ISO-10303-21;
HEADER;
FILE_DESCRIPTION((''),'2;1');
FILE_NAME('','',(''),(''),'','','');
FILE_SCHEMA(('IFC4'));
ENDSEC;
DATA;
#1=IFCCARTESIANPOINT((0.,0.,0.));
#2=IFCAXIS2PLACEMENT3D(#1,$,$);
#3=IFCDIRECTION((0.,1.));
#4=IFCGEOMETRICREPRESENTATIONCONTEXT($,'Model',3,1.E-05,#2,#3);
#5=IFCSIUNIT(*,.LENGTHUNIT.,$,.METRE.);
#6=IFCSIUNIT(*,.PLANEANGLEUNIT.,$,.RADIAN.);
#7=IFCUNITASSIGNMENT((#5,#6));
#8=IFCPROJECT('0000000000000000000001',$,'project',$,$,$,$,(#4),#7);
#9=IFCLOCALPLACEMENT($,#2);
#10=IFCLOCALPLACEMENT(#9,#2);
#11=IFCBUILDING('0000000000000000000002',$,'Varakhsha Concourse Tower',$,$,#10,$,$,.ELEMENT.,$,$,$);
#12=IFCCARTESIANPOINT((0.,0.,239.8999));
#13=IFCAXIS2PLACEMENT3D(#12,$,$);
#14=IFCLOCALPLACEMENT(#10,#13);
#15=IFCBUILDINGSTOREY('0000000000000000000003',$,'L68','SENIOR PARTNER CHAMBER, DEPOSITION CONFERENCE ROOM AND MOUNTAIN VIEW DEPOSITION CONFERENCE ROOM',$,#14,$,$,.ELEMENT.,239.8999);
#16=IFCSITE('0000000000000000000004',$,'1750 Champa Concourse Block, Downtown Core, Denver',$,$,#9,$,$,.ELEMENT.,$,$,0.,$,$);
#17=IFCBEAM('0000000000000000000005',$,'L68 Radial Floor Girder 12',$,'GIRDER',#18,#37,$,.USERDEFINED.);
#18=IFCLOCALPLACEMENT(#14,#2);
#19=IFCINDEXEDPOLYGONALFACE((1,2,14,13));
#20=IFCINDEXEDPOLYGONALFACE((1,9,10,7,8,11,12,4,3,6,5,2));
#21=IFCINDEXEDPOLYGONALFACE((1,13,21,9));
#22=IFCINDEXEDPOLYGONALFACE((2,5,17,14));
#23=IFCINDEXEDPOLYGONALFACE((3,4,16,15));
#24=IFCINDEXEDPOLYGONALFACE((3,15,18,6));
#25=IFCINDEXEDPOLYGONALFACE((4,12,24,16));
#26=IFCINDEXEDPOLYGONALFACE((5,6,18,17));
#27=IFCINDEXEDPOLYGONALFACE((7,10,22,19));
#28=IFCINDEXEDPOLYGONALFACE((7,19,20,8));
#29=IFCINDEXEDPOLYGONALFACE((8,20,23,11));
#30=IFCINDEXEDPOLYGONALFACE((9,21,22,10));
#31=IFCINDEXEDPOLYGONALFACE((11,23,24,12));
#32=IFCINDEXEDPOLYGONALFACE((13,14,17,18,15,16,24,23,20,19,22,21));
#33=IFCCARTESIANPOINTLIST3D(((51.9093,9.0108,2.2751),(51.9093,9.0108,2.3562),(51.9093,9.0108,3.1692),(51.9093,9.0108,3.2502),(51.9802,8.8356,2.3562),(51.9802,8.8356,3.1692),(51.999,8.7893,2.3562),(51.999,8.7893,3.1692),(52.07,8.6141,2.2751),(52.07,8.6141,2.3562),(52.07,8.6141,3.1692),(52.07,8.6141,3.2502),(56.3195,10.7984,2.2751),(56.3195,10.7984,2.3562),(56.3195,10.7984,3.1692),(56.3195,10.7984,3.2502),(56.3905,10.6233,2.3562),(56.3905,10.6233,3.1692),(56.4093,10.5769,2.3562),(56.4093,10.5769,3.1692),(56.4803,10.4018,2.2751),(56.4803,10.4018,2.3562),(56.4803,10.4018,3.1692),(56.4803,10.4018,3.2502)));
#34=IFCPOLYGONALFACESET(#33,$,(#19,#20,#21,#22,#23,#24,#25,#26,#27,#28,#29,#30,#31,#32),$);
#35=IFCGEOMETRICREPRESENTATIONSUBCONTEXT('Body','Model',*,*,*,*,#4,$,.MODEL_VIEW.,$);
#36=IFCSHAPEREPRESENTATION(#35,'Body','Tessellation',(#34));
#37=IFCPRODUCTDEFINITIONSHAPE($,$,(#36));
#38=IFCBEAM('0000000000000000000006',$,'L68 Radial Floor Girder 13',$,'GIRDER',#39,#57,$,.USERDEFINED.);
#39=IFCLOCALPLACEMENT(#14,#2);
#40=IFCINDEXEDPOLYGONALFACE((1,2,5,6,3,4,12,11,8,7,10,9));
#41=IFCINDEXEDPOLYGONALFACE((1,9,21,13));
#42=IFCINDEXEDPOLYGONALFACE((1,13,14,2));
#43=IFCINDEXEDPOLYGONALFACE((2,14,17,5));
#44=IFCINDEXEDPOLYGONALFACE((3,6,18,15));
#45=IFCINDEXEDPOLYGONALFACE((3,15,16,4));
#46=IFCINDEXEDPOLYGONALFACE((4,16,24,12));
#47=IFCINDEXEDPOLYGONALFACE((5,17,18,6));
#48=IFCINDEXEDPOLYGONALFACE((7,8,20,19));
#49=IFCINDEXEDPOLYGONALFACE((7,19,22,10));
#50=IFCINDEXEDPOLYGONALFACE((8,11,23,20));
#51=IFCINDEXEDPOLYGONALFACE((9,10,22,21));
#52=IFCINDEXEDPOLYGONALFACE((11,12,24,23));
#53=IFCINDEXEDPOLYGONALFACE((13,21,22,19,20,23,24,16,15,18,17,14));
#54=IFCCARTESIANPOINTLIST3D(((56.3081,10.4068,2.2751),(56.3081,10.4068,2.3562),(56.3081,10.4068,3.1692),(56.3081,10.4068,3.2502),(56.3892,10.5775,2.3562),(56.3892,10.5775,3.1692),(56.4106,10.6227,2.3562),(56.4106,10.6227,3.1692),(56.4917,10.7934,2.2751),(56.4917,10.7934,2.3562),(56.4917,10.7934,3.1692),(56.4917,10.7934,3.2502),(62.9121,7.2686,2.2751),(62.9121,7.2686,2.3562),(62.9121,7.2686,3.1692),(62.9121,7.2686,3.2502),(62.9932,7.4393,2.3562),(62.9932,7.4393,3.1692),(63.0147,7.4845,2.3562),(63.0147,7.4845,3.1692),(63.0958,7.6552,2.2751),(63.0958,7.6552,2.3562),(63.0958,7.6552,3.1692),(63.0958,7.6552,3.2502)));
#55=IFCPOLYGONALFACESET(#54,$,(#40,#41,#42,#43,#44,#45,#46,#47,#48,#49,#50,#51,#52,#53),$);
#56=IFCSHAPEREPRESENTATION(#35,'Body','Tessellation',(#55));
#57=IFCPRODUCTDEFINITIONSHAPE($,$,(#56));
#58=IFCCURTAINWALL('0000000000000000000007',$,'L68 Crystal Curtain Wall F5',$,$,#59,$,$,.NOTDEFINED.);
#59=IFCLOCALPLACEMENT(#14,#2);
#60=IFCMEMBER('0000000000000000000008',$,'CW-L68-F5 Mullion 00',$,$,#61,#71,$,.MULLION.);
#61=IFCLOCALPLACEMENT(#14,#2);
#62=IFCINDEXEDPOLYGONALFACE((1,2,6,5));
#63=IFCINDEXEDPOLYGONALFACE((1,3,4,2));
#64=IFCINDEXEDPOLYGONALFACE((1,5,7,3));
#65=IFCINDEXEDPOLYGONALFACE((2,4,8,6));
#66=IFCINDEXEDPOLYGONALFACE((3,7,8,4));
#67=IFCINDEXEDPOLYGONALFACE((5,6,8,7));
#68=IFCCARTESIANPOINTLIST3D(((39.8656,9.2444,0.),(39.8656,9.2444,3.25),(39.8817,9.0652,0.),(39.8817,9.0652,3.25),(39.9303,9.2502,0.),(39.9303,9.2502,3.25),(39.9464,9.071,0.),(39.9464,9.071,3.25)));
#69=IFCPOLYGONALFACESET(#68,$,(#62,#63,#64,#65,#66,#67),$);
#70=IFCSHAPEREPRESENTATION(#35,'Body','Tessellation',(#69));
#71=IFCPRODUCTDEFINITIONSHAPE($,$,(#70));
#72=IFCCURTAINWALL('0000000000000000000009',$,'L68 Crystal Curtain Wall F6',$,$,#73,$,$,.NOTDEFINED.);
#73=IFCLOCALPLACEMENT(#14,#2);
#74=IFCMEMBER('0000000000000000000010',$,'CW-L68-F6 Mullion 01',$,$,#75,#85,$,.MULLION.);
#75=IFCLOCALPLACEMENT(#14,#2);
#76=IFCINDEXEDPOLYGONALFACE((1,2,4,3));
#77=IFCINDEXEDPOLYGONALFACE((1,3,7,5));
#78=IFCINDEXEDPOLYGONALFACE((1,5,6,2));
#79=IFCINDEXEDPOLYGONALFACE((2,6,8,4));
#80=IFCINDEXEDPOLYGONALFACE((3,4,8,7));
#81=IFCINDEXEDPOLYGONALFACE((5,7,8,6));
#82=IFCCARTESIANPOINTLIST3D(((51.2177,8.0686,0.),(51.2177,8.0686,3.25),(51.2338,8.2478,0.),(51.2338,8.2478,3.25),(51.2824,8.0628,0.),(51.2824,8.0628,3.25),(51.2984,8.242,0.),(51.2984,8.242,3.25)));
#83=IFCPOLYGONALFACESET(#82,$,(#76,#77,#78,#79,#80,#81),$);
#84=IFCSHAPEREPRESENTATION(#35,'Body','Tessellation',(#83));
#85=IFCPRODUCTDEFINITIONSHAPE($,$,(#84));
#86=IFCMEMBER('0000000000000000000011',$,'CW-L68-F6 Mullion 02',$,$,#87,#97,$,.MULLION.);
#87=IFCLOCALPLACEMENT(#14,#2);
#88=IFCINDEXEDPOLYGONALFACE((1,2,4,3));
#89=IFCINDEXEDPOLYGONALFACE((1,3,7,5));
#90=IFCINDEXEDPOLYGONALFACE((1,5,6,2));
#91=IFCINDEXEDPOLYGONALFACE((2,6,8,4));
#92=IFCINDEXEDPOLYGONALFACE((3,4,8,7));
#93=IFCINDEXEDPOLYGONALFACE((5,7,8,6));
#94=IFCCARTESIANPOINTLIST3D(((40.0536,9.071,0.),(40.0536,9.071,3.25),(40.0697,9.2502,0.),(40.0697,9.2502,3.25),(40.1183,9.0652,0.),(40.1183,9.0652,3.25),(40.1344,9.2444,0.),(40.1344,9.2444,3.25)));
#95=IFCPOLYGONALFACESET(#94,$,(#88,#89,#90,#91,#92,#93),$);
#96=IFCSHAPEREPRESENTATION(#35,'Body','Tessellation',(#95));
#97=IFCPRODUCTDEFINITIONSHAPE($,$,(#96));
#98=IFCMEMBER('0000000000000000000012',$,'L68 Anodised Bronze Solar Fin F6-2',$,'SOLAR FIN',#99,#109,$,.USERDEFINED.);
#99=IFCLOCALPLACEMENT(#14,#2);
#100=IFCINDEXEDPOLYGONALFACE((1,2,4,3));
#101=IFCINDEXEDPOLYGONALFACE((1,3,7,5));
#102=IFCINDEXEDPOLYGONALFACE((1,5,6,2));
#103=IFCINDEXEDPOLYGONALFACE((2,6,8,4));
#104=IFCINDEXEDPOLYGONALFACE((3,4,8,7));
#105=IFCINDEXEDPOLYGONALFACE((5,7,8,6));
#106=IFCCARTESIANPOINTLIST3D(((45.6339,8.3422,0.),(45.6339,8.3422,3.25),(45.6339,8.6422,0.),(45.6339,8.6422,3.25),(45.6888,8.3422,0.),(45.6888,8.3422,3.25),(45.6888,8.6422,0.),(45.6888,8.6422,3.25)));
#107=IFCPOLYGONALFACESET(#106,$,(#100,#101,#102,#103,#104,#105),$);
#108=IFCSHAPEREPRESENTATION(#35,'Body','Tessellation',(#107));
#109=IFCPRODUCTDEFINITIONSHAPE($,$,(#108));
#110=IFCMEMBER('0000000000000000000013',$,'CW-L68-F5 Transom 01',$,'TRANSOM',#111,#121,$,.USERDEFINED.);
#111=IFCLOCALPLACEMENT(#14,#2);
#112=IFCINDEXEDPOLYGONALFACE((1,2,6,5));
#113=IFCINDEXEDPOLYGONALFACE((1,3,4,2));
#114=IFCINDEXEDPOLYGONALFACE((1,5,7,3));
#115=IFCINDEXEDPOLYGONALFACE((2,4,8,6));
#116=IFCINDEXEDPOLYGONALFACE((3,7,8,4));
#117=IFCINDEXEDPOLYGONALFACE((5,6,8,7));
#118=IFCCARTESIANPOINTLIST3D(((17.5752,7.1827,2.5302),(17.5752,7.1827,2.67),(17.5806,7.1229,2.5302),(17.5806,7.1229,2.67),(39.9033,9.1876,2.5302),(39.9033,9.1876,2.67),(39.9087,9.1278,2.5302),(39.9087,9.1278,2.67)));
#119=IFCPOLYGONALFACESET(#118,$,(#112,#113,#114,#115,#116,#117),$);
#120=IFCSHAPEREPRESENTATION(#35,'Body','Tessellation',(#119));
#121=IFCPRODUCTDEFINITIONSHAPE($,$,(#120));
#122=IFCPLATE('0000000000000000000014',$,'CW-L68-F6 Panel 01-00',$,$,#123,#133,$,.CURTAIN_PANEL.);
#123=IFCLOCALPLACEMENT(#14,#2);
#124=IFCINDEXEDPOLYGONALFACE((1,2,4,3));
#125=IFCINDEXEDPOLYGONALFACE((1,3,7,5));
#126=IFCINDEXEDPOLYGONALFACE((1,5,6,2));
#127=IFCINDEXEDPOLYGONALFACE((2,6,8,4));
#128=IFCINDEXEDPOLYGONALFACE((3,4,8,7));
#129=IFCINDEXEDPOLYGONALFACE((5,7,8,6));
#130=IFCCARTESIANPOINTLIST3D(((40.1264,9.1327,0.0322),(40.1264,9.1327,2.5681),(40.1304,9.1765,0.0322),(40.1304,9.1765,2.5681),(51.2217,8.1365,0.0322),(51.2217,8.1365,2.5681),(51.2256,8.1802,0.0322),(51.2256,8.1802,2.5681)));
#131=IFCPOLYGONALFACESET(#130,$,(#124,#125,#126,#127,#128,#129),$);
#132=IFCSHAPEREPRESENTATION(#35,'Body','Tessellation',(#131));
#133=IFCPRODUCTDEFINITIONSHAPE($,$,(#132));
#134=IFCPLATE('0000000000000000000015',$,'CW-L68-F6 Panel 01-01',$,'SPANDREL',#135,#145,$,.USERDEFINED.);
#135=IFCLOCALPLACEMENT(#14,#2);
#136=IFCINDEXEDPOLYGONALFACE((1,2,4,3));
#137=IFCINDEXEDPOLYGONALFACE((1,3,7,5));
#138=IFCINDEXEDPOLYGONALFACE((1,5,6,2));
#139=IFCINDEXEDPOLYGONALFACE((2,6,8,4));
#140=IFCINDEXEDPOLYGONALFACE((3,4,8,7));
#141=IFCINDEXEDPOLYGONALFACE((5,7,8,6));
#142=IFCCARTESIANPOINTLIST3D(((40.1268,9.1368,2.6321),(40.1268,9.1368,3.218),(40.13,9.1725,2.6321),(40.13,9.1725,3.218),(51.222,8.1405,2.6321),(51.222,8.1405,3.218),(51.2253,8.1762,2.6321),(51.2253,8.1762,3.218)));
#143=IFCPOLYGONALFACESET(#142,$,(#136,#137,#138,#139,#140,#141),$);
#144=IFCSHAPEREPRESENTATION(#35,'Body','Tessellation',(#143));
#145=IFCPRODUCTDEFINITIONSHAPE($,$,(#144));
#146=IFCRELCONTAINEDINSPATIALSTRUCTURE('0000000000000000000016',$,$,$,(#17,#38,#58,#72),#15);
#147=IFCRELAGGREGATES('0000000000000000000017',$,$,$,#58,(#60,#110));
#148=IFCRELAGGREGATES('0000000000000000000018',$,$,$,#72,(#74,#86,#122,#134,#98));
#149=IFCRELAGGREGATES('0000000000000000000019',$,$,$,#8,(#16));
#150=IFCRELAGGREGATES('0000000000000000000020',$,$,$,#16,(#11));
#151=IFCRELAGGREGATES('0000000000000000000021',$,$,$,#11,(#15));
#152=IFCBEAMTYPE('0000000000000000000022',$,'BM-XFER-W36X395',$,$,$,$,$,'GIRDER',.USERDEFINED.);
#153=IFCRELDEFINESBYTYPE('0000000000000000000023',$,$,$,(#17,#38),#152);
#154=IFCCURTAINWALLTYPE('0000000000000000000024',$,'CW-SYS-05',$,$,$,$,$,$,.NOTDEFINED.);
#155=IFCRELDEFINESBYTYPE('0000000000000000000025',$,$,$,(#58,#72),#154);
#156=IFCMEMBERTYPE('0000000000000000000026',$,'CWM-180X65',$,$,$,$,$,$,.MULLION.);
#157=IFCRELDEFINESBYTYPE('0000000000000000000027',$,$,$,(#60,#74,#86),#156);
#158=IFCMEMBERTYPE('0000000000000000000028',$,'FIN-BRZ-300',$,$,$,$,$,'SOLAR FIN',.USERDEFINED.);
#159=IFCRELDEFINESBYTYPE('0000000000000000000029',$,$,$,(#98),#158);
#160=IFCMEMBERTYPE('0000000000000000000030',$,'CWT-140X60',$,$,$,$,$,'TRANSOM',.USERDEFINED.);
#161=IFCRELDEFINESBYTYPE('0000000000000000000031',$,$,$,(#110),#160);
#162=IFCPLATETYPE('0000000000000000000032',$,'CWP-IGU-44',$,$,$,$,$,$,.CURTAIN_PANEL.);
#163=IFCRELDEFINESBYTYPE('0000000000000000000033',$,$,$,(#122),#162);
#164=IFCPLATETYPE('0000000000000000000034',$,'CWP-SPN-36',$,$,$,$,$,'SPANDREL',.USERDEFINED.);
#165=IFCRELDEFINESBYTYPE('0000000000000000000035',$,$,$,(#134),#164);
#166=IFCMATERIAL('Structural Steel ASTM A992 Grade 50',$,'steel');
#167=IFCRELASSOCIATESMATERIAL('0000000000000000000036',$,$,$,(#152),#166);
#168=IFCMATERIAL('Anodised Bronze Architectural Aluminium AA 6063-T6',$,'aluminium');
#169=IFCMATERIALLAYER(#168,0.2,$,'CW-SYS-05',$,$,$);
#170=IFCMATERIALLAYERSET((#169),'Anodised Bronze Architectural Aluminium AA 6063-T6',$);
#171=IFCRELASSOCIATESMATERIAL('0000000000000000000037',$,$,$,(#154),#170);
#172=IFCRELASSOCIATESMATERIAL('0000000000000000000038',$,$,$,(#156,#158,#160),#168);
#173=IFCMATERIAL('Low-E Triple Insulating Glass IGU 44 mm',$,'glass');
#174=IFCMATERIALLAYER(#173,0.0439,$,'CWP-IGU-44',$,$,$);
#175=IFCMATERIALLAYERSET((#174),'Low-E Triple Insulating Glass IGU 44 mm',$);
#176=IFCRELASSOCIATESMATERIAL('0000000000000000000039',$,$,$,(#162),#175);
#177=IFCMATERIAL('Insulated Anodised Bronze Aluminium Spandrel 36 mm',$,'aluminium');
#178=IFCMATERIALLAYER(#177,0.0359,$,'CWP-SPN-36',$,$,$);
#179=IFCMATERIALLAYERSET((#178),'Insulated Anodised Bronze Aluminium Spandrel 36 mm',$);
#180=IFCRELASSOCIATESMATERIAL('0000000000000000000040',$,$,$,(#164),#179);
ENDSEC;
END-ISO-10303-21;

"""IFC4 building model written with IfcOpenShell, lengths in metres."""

from ifc_helpers import new_model, si_unit, direction, frame, origin, origin_2d, place, context, subcontext, project, spatial, rectangle, i_section, extrude, source, transform, mapped, material, layer, layer_set, material_profile, profile_set, type_object, type_shapes, element, aggregate, save


model = new_model("IFC4")

# Units and contexts
model_context = context("Model", 3, precision=1e-05, world=origin(), true_north=direction((0.0, 1.0)))
body_context = subcontext(model_context, "Body", "Model", "MODEL_VIEW")
ifc_project = project(units=[si_unit("LENGTHUNIT", "METRE"), si_unit("PLANEANGLEUNIT", "RADIAN")], contexts=[model_context])

# Site, building, storey
site_placement = place(None, origin())
site = spatial("IfcSite", under=ifc_project, at=site_placement, Name="1750 Champa Concourse Block, Downtown Core, Denver", CompositionType="ELEMENT", RefElevation=0.0)
building_placement = place(site_placement, origin())
building = spatial("IfcBuilding", under=site, at=building_placement, Name="Varakhsha Concourse Tower", CompositionType="ELEMENT")
storey_placement = place(building_placement, frame((0.0, 0.0, 239.8999)))
storey = spatial("IfcBuildingStorey", under=building, at=storey_placement, Name="L68", Description="SENIOR PARTNER CHAMBER, DEPOSITION CONFERENCE ROOM AND MOUNTAIN VIEW DEPOSITION CONFERENCE ROOM", CompositionType="ELEMENT", Elevation=239.8999)

# Shared definitions
ifc_material_1 = material(Name="Structural Steel ASTM A992 Grade 50", Category="steel")

# Beams
ifc_material_profile_1 = material_profile(ifc_material_1, i_section(OverallWidth=0.428, OverallDepth=0.9751, WebThickness=0.05, FlangeThickness=0.0811, at=origin_2d()), Name="W36X395")
ifc_profile_set_1 = profile_set([ifc_material_profile_1], Name="Structural Steel ASTM A992 Grade 50")
beam_type_1 = type_object("IfcBeamType", Name="BM-XFER-W36X395", ElementType="GIRDER", PredefinedType="USERDEFINED", material=ifc_profile_set_1)
beam_1_placement = place(storey_placement, frame((56.3999, 10.6001, 2.7627), z_axis=(-0.926761, -0.37565, 0.0), x_axis=(0.37565, -0.926761, 0.0)))
element("IfcBeam", 1, at=beam_1_placement, inside=storey, type_object=beam_type_1, Name="L68 Radial Floor Girder 12", ObjectType="GIRDER", PredefinedType="USERDEFINED", context=body_context, shape_type="SweptSolid", body=[
    extrude(i_section(OverallWidth=0.428, OverallDepth=0.9751, WebThickness=0.05, FlangeThickness=0.0811, at=origin_2d()), origin(), (0.0, 0.0, 1.0), 4.7588),
])
beam_2_placement = place(storey_placement, frame((56.3999, 10.6001, 2.7627), z_axis=(0.90321, -0.4292, 0.0), x_axis=(0.4292, 0.90321, 0.0)))
element("IfcBeam", 2, at=beam_2_placement, inside=storey, type_object=beam_type_1, Name="L68 Radial Floor Girder 13", ObjectType="GIRDER", PredefinedType="USERDEFINED", context=body_context, shape_type="SweptSolid", body=[
    extrude(i_section(OverallWidth=0.428, OverallDepth=0.9751, WebThickness=0.05, FlangeThickness=0.0811, at=origin_2d()), origin(), (0.0, 0.0, 1.0), 7.3118),
])

# Curtain wall, member
ifc_material_2 = material(Name="Anodised Bronze Architectural Aluminium AA 6063-T6", Category="aluminium")
ifc_layer_1 = layer(ifc_material_2, 0.2, Name="CW-SYS-05")
ifc_layer_set_1 = layer_set([ifc_layer_1], Name="Anodised Bronze Architectural Aluminium AA 6063-T6")
curtain_wall_type = type_object("IfcCurtainWallType", Name="CW-SYS-05", PredefinedType="NOTDEFINED", material=ifc_layer_set_1)
curtain_wall_1_placement = place(storey_placement, origin())
curtain_wall_1 = element("IfcCurtainWall", 3, at=curtain_wall_1_placement, inside=storey, type_object=curtain_wall_type, Name="L68 Crystal Curtain Wall F5", PredefinedType="NOTDEFINED")
ifc_material_profile_2 = material_profile(ifc_material_2, rectangle(XDim=0.0649, YDim=0.1799, at=origin_2d()), Name="CWM-180X65")
ifc_profile_set_2 = profile_set([ifc_material_profile_2], Name="Anodised Bronze Architectural Aluminium AA 6063-T6")
member_type_1 = type_object("IfcMemberType", Name="CWM-180X65", PredefinedType="MULLION", material=ifc_profile_set_2)
shared_shape_1 = source(origin(), body_context, "Body", "SweptSolid", [
    extrude(rectangle(XDim=0.0649, YDim=0.1799, at=origin_2d()), origin(), (0.0, 0.0, 1.0), 3.25),
])
type_shapes(member_type_1, [shared_shape_1])
member_1_placement = place(storey_placement, frame((39.906, 9.1577, 0.0), z_axis=(0.0, 0.0, 1.0), x_axis=(-0.995993, -0.089433, 0.0)))
member_1 = element("IfcMember", 4, at=member_1_placement, type_object=member_type_1, Name="CW-L68-F5 Mullion 00", PredefinedType="MULLION", context=body_context, shape_type="MappedRepresentation", body=[
    mapped(shared_shape_1, transform((0.0, 0.0, 0.0), scale=1.0)),
])

# Curtain wall, members
curtain_wall_2_placement = place(storey_placement, origin())
curtain_wall_2 = element("IfcCurtainWall", 5, at=curtain_wall_2_placement, inside=storey, type_object=curtain_wall_type, Name="L68 Crystal Curtain Wall F6", PredefinedType="NOTDEFINED")
member_2_placement = place(storey_placement, frame((51.2581, 8.1553, 0.0), z_axis=(0.0, 0.0, 1.0), x_axis=(-0.995993, 0.089433, 0.0)))
member_2 = element("IfcMember", 6, at=member_2_placement, type_object=member_type_1, Name="CW-L68-F6 Mullion 01", PredefinedType="MULLION", context=body_context, shape_type="MappedRepresentation", body=[
    mapped(shared_shape_1, transform((0.0, 0.0, 0.0), scale=1.0)),
])
member_3_placement = place(storey_placement, frame((40.094, 9.1577, 0.0), z_axis=(0.0, 0.0, 1.0), x_axis=(-0.995993, 0.089433, 0.0)))
member_3 = element("IfcMember", 7, at=member_3_placement, type_object=member_type_1, Name="CW-L68-F6 Mullion 02", PredefinedType="MULLION", context=body_context, shape_type="MappedRepresentation", body=[
    mapped(shared_shape_1, transform((0.0, 0.0, 0.0), scale=1.0)),
])
ifc_material_profile_3 = material_profile(ifc_material_2, rectangle(XDim=0.0549, YDim=0.3, at=origin_2d()), Name="FIN-BRZ-300")
ifc_profile_set_3 = profile_set([ifc_material_profile_3], Name="Anodised Bronze Architectural Aluminium AA 6063-T6")
member_type_2 = type_object("IfcMemberType", Name="FIN-BRZ-300", ElementType="SOLAR FIN", PredefinedType="USERDEFINED", material=ifc_profile_set_3)
shared_shape_2 = source(origin(), body_context, "Body", "SweptSolid", [
    extrude(rectangle(XDim=0.0549, YDim=0.3, at=origin_2d()), origin(), (0.0, 0.0, 1.0), 3.25),
])
type_shapes(member_type_2, [shared_shape_2])
member_4_placement = place(storey_placement, frame((45.6614, 8.4922, 0.0), z_axis=(0.0, 0.0, 1.0), x_axis=(1.0, 0.0, 0.0)))
member_4 = element("IfcMember", 8, at=member_4_placement, type_object=member_type_2, Name="L68 Anodised Bronze Solar Fin F6-2", ObjectType="SOLAR FIN", PredefinedType="USERDEFINED", context=body_context, shape_type="MappedRepresentation", body=[
    mapped(shared_shape_2, transform((0.0, 0.0, 0.0), scale=1.0)),
])

# Member
ifc_material_profile_4 = material_profile(ifc_material_2, rectangle(XDim=0.0601, YDim=0.1399, at=origin_2d()), Name="CWT-140X60")
ifc_profile_set_4 = profile_set([ifc_material_profile_4], Name="Anodised Bronze Architectural Aluminium AA 6063-T6")
member_type_3 = type_object("IfcMemberType", Name="CWT-140X60", ElementType="TRANSOM", PredefinedType="USERDEFINED", material=ifc_profile_set_4)
shared_shape_3 = source(origin(), body_context, "Body", "SweptSolid", [
    extrude(rectangle(XDim=0.0601, YDim=0.1399, at=origin_2d()), origin(), (0.0, 0.0, 1.0), 22.418),
])
type_shapes(member_type_3, [shared_shape_3])
member_5_placement = place(storey_placement, frame((39.906, 9.1577, 2.6001), z_axis=(-0.995993, -0.089432, 0.0), x_axis=(0.089432, -0.995993, 0.0)))
member_5 = element("IfcMember", 9, at=member_5_placement, type_object=member_type_3, Name="CW-L68-F5 Transom 01", ObjectType="TRANSOM", PredefinedType="USERDEFINED", context=body_context, shape_type="MappedRepresentation", body=[
    mapped(shared_shape_3, transform((0.0, 0.0, 0.0), scale=1.0)),
])
aggregate(curtain_wall_1, [member_1, member_5])

# Plates
ifc_material_3 = material(Name="Low-E Triple Insulating Glass IGU 44 mm", Category="glass")
ifc_layer_2 = layer(ifc_material_3, 0.0439, Name="CWP-IGU-44")
ifc_layer_set_2 = layer_set([ifc_layer_2], Name="Low-E Triple Insulating Glass IGU 44 mm")
plate_type_1 = type_object("IfcPlateType", Name="CWP-IGU-44", PredefinedType="CURTAIN_PANEL", material=ifc_layer_set_2)
shared_shape_4 = source(origin(), body_context, "Body", "SweptSolid", [
    extrude(rectangle(XDim=11.1399, YDim=0.0439, at=origin_2d()), origin(), (0.0, 0.0, 1.0), 2.5359),
])
type_shapes(plate_type_1, [shared_shape_4])
plate_1_placement = place(storey_placement, frame((45.676, 8.6565, 0.0322), z_axis=(0.0, 0.0, 1.0), x_axis=(-0.995993, 0.089433, 0.0)))
plate_1 = element("IfcPlate", 10, at=plate_1_placement, type_object=plate_type_1, Name="CW-L68-F6 Panel 01-00", PredefinedType="CURTAIN_PANEL", context=body_context, shape_type="MappedRepresentation", body=[
    mapped(shared_shape_4, transform((0.0, 0.0, 0.0), scale=1.0)),
])
ifc_material_4 = material(Name="Insulated Anodised Bronze Aluminium Spandrel 36 mm", Category="aluminium")
ifc_layer_3 = layer(ifc_material_4, 0.0359, Name="CWP-SPN-36")
ifc_layer_set_3 = layer_set([ifc_layer_3], Name="Insulated Anodised Bronze Aluminium Spandrel 36 mm")
plate_type_2 = type_object("IfcPlateType", Name="CWP-SPN-36", ElementType="SPANDREL", PredefinedType="USERDEFINED", material=ifc_layer_set_3)
shared_shape_5 = source(origin(), body_context, "Body", "SweptSolid", [
    extrude(rectangle(XDim=11.1399, YDim=0.0359, at=origin_2d()), origin(), (0.0, 0.0, 1.0), 0.5859),
])
type_shapes(plate_type_2, [shared_shape_5])
plate_2_placement = place(storey_placement, frame((45.676, 8.6565, 2.6321), z_axis=(0.0, 0.0, 1.0), x_axis=(-0.995993, 0.089433, 0.0)))
plate_2 = element("IfcPlate", 11, at=plate_2_placement, type_object=plate_type_2, Name="CW-L68-F6 Panel 01-01", ObjectType="SPANDREL", PredefinedType="USERDEFINED", context=body_context, shape_type="MappedRepresentation", body=[
    mapped(shared_shape_5, transform((0.0, 0.0, 0.0), scale=1.0)),
])
aggregate(curtain_wall_2, [member_2, member_3, plate_1, plate_2, member_4])

save(model, "model.ifc")
